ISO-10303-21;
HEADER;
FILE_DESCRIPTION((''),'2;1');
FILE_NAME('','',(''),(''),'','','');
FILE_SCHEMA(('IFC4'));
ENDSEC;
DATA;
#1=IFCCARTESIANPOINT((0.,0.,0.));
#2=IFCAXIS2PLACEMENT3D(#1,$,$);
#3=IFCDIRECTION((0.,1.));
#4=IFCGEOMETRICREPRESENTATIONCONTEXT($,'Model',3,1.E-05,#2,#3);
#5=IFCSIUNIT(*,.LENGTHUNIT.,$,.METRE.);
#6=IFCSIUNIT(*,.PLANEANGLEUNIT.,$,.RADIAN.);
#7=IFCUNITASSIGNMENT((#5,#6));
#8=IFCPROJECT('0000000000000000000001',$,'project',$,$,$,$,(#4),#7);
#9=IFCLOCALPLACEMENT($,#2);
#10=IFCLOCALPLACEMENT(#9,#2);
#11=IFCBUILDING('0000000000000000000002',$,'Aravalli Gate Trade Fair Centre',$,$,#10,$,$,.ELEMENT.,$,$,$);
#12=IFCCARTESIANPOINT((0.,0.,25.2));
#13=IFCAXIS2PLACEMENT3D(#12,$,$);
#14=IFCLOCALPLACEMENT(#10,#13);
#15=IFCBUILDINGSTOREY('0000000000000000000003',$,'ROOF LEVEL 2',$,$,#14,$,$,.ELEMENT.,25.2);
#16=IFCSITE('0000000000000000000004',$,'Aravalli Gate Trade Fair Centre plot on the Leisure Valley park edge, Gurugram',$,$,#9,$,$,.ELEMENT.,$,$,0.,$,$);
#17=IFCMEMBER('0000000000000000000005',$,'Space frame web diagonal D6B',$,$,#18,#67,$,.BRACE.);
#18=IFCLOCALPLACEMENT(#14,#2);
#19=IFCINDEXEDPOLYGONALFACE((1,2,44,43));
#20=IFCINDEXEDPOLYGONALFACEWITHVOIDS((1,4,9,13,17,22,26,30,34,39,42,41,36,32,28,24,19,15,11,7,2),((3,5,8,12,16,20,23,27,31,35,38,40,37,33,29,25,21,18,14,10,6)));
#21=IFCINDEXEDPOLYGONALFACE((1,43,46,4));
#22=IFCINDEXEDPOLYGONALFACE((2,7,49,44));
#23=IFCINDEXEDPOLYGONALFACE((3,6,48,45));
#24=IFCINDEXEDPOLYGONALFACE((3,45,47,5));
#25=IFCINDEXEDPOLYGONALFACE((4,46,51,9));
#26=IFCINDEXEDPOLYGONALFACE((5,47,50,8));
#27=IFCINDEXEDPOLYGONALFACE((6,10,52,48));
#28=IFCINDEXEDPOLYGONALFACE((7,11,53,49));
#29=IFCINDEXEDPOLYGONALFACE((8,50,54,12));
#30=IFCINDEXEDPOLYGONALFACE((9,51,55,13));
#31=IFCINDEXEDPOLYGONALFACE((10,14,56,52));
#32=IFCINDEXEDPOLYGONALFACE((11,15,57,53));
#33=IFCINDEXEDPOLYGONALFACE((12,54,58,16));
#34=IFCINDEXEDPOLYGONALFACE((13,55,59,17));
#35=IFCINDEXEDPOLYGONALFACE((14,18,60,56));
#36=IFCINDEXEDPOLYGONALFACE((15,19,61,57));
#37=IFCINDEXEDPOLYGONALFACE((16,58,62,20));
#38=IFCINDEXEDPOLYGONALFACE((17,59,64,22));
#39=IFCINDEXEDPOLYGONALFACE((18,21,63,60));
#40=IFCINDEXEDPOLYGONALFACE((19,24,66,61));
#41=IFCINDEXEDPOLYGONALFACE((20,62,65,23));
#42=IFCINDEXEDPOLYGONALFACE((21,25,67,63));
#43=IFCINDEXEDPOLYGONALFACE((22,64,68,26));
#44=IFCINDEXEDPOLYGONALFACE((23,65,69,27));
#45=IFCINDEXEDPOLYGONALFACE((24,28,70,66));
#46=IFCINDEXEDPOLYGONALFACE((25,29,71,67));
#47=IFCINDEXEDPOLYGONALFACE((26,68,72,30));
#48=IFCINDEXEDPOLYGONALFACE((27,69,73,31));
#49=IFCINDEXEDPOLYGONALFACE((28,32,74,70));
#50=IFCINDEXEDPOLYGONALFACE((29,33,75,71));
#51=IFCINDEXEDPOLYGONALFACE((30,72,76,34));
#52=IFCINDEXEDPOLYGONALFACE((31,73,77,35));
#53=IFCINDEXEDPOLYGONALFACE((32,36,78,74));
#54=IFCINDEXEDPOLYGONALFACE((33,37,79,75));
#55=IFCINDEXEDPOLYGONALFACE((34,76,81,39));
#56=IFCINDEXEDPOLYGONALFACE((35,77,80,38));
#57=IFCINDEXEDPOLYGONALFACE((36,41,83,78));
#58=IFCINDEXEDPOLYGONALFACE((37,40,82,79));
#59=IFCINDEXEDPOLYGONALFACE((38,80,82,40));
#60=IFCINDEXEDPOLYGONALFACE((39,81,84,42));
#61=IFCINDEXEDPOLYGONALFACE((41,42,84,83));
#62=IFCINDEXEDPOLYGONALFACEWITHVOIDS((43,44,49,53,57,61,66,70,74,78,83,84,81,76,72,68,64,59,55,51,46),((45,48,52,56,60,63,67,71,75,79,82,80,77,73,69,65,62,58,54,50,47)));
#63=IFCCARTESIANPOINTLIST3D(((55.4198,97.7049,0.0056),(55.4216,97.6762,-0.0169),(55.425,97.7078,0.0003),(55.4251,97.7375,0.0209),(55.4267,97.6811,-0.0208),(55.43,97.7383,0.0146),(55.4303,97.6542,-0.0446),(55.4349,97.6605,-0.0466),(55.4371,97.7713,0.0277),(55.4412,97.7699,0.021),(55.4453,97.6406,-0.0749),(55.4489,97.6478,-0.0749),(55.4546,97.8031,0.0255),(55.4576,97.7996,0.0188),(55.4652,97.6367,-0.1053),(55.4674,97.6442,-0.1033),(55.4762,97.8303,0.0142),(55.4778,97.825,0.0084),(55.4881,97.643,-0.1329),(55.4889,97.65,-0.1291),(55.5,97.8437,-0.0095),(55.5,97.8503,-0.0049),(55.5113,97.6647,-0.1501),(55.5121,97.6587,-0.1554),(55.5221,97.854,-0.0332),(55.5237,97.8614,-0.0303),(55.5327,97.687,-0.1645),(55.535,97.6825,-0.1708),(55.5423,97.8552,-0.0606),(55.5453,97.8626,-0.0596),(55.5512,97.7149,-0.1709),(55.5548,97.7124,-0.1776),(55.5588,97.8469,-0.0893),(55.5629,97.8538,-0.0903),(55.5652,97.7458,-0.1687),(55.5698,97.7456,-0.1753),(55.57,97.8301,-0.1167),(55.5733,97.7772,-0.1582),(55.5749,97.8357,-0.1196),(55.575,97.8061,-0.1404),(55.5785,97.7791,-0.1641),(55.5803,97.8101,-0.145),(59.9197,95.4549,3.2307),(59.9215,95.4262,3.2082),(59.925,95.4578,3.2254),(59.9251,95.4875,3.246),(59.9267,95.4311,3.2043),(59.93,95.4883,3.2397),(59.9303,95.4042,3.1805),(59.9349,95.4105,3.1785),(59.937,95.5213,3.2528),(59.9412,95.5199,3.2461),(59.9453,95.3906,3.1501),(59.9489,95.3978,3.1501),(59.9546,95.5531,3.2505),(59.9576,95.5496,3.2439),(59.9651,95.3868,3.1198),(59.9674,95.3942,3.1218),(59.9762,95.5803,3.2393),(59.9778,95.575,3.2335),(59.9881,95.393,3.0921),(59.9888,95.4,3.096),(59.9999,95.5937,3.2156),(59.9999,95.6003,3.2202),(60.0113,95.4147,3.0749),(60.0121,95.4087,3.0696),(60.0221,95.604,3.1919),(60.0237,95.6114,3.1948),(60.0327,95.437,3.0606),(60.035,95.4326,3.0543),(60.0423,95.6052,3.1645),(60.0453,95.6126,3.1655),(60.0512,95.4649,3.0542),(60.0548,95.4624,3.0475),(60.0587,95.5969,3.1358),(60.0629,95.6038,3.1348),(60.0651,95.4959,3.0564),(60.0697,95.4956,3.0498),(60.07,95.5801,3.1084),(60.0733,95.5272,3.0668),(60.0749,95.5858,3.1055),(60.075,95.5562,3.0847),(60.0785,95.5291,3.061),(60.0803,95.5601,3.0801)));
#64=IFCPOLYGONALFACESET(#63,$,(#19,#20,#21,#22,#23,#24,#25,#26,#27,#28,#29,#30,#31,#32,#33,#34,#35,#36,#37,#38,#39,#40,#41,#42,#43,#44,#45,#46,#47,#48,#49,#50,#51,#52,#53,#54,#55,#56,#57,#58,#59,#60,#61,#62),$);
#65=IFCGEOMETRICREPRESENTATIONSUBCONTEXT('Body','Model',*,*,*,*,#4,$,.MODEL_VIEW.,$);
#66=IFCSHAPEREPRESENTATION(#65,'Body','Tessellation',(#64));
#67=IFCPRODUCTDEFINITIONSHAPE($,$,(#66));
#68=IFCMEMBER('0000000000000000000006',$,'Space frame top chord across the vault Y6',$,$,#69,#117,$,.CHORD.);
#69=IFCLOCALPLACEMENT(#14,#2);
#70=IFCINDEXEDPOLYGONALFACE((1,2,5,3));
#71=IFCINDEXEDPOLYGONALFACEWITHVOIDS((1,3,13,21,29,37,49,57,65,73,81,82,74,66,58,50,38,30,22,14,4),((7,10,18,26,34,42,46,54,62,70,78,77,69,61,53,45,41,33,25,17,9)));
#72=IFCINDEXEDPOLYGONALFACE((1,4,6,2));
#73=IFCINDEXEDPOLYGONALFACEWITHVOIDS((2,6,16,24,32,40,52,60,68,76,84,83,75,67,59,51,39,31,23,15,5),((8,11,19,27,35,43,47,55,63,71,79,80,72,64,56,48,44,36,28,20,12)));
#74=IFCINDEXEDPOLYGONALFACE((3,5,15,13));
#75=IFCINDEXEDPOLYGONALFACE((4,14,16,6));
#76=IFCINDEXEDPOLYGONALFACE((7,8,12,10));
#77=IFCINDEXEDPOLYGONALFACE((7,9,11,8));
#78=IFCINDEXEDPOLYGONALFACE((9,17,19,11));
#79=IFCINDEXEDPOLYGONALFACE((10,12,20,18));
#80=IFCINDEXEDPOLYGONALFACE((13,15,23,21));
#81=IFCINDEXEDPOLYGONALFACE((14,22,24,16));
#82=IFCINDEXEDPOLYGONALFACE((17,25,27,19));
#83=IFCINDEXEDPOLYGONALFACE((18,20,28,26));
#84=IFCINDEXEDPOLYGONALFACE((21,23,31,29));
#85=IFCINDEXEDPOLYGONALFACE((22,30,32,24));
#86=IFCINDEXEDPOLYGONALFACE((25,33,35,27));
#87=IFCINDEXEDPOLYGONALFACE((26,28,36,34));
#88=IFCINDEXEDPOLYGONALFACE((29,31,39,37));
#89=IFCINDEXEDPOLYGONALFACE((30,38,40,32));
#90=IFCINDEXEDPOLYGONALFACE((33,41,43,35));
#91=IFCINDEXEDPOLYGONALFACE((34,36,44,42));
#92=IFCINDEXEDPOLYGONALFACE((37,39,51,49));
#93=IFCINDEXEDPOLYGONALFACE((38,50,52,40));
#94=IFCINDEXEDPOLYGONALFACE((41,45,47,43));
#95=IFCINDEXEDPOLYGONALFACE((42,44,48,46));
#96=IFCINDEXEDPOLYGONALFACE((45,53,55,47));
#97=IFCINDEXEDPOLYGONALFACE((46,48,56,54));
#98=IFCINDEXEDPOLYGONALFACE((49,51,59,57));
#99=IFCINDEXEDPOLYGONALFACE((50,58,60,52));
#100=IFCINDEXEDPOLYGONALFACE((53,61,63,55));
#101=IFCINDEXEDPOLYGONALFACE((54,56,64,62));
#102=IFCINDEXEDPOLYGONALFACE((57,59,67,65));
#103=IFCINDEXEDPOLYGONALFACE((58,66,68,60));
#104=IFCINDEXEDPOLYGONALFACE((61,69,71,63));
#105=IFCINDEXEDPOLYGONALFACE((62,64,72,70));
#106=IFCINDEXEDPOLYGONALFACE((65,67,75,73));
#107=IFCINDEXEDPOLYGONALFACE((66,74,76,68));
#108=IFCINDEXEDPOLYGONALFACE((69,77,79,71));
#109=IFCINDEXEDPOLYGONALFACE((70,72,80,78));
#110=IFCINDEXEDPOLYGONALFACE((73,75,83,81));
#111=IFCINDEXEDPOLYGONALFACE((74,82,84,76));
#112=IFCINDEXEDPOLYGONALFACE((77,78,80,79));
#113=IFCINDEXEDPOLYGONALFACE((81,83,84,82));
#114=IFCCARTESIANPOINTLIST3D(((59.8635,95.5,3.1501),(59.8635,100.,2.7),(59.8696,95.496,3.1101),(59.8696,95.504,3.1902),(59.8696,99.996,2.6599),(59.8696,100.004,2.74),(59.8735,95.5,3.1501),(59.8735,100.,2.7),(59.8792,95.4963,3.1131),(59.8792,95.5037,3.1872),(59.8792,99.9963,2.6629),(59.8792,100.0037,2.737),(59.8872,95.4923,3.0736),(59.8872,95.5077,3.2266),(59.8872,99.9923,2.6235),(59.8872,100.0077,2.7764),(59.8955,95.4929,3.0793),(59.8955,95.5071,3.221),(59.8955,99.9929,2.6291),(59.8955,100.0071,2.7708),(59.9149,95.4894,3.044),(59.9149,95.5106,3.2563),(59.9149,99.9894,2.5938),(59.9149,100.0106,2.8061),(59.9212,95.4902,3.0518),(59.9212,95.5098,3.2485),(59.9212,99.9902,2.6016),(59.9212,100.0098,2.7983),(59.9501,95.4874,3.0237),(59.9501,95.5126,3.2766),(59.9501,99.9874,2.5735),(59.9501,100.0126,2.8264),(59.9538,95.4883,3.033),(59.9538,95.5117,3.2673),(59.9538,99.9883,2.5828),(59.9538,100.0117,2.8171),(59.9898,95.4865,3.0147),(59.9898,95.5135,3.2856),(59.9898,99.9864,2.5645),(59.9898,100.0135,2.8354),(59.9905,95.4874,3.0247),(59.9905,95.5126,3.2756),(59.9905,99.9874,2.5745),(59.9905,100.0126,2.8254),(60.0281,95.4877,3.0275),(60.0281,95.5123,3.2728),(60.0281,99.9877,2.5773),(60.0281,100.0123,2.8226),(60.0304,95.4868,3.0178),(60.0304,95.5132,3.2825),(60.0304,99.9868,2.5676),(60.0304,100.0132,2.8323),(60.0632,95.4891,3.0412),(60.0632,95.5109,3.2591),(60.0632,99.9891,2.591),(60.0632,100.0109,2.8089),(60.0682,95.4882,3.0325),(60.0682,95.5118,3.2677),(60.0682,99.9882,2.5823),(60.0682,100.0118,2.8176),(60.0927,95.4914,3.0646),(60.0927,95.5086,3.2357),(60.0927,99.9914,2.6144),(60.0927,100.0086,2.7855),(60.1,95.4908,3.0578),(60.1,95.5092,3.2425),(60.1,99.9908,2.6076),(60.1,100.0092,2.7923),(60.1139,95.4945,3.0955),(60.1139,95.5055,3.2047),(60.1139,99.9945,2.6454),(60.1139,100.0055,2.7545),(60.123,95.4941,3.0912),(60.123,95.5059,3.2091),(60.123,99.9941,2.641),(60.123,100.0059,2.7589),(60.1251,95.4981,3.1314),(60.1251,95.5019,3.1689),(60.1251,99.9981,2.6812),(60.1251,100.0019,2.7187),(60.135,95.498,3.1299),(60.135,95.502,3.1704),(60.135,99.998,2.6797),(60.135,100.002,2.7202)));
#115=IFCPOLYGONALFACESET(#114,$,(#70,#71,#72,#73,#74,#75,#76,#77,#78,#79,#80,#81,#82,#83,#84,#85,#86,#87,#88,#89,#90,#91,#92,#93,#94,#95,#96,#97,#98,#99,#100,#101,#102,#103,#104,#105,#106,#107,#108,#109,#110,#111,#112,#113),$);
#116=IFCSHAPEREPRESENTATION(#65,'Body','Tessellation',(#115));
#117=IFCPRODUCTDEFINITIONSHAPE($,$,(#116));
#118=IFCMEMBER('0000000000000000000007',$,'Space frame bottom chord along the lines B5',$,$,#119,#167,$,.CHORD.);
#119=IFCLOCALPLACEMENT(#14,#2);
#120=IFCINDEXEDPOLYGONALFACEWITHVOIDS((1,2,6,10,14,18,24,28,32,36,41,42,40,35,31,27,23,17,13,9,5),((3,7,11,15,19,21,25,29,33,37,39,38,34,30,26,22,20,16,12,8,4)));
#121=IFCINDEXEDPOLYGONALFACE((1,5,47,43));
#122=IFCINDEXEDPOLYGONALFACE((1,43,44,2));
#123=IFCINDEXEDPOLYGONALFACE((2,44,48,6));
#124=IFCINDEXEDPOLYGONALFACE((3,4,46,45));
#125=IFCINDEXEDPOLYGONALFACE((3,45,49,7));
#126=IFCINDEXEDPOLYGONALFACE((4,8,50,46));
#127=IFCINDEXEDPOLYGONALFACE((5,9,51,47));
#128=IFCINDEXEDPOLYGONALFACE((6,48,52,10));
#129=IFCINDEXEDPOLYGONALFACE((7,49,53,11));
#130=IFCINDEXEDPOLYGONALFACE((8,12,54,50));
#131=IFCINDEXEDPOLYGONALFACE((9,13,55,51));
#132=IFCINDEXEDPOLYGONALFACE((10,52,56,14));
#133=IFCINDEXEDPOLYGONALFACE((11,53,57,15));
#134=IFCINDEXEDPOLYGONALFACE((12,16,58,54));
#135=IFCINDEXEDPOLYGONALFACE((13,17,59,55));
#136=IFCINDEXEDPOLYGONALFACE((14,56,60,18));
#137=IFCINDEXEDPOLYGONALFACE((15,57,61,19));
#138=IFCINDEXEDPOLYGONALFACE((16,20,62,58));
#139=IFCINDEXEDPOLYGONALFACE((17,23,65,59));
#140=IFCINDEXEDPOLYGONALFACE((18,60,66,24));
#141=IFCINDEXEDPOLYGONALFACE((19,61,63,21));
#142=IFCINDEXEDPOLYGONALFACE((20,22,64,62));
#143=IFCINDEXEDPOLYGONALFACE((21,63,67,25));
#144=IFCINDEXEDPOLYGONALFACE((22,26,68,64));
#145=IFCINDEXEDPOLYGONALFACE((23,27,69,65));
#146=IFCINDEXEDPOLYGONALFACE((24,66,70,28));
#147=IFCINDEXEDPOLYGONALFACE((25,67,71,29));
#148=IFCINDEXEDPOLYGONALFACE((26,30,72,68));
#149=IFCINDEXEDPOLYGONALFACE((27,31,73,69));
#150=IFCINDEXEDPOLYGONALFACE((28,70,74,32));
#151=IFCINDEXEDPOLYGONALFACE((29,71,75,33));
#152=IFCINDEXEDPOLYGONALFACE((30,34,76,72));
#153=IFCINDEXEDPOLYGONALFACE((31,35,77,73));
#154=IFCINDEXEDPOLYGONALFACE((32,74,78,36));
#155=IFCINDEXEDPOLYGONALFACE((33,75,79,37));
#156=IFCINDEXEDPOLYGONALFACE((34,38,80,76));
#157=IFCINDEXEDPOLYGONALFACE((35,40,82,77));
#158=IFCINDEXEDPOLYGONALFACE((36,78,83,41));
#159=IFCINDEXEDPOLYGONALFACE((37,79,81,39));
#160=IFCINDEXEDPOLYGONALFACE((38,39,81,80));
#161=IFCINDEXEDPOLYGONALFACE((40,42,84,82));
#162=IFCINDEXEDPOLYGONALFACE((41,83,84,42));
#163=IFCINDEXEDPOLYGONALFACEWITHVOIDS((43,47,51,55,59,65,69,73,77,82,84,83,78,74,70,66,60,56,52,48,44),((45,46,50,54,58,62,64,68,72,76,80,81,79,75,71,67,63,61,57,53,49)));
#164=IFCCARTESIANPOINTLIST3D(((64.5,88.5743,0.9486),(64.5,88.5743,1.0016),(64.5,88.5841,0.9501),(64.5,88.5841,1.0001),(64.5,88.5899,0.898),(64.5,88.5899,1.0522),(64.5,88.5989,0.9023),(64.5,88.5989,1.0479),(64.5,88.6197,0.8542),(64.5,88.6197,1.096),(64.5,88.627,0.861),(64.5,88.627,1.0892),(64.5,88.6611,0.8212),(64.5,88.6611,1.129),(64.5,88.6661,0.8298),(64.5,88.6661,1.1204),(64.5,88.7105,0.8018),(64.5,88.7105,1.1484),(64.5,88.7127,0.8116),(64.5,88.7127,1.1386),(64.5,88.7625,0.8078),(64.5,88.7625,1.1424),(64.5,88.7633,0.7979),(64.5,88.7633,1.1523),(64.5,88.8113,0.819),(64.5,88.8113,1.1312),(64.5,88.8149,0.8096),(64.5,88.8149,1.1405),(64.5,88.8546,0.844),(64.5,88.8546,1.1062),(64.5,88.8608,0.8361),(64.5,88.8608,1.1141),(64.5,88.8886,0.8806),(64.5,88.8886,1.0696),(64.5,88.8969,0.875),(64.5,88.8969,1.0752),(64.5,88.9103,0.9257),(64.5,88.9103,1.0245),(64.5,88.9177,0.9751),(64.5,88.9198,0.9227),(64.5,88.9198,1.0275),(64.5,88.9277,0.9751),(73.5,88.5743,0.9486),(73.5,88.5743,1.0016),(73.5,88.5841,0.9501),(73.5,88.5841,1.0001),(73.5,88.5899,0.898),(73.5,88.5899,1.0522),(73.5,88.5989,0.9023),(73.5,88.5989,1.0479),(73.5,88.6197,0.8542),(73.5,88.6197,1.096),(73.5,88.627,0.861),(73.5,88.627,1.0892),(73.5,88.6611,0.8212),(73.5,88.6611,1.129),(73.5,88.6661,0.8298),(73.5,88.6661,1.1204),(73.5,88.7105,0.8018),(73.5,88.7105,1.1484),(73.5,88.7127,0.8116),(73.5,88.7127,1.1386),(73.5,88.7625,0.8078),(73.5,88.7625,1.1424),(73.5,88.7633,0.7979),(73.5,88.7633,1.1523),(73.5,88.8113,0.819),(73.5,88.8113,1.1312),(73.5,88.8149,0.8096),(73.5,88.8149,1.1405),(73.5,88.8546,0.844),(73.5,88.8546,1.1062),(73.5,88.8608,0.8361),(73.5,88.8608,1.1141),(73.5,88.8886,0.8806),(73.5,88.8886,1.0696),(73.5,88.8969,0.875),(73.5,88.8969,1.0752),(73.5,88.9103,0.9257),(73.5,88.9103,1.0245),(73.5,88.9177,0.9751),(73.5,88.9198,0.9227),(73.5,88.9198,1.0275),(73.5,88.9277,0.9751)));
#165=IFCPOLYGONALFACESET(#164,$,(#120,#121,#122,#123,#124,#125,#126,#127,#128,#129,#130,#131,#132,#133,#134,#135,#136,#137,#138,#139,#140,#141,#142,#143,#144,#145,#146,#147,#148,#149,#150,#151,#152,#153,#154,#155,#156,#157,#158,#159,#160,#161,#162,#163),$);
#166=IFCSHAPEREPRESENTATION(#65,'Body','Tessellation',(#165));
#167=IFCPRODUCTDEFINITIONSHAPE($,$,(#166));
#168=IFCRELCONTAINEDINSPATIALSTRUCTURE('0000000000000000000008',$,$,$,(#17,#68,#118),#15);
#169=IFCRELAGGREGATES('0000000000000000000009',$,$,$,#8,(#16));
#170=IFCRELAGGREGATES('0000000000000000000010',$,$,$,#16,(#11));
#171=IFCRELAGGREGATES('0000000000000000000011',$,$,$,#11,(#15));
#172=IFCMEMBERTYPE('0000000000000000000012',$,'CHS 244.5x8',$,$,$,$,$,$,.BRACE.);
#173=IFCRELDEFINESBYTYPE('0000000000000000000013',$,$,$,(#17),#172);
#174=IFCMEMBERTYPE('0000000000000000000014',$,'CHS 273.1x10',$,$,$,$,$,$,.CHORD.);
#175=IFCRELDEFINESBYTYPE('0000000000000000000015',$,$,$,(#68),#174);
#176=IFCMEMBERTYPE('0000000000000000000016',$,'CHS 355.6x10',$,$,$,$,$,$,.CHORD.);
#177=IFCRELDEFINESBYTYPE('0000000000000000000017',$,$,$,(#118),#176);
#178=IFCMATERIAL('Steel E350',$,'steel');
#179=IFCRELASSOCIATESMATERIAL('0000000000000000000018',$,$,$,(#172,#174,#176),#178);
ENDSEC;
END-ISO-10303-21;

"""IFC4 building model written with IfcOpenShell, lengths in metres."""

from ifc_helpers import new_model, si_unit, direction, frame, origin, origin_2d, place, context, subcontext, project, spatial, hollow_circle, extrude, material, material_profile, profile_set, type_object, element, save


model = new_model("IFC4")

# Units and contexts
model_context = context("Model", 3, precision=1e-05, world=origin(), true_north=direction((0.0, 1.0)))
body_context = subcontext(model_context, "Body", "Model", "MODEL_VIEW")
ifc_project = project(units=[si_unit("LENGTHUNIT", "METRE"), si_unit("PLANEANGLEUNIT", "RADIAN")], contexts=[model_context])

# Site, building, storey
site_placement = place(None, origin())
site = spatial("IfcSite", under=ifc_project, at=site_placement, Name="Aravalli Gate Trade Fair Centre plot on the Leisure Valley park edge, Gurugram", CompositionType="ELEMENT", RefElevation=0.0)
building_placement = place(site_placement, origin())
building = spatial("IfcBuilding", under=site, at=building_placement, Name="Aravalli Gate Trade Fair Centre", CompositionType="ELEMENT")
storey_placement = place(building_placement, frame((0.0, 0.0, 25.2)))
storey = spatial("IfcBuildingStorey", under=building, at=storey_placement, Name="ROOF LEVEL 2", CompositionType="ELEMENT", Elevation=25.2)

# Members
ifc_material = material(Name="Steel E350", Category="steel")
ifc_material_profile_1 = material_profile(ifc_material, hollow_circle(Radius=0.1223, WallThickness=0.0081, at=origin_2d()), Name="CHS 244.5x8")
ifc_profile_set_1 = profile_set([ifc_material_profile_1], Name="Steel E350")
member_type_1 = type_object("IfcMemberType", Name="CHS 244.5x8", PredefinedType="BRACE", material=ifc_profile_set_1)
for number, where, z_axis, x_axis, name in (
    (1, (60.0, 95.5, 3.1501), (-0.753, 0.3765, -0.539666), (-0.447214, -0.894427, 0.0), "Space frame web diagonal D6B"),
):
    element("IfcMember", number, at=place(storey_placement, frame(where, z_axis=z_axis, x_axis=x_axis)), inside=storey, type_object=member_type_1, Name=name, PredefinedType="BRACE", context=body_context, shape_type="SweptSolid", body=[
        extrude(hollow_circle(Radius=0.1223, WallThickness=0.0081, at=origin_2d()), origin(), (0.0, 0.0, 1.0), 5.9761),
    ])
ifc_material_profile_2 = material_profile(ifc_material, hollow_circle(Radius=0.1365, WallThickness=0.01, at=origin_2d()), Name="CHS 273.1x10")
ifc_profile_set_2 = profile_set([ifc_material_profile_2], Name="Steel E350")
member_type_2 = type_object("IfcMemberType", Name="CHS 273.1x10", PredefinedType="CHORD", material=ifc_profile_set_2)
member_1_placement = place(storey_placement, frame((60.0, 95.5, 3.1501), z_axis=(0.0, 0.995033, -0.099546), x_axis=(-1.0, 0.0, 0.0)))
element("IfcMember", 2, at=member_1_placement, inside=storey, type_object=member_type_2, Name="Space frame top chord across the vault Y6", PredefinedType="CHORD", context=body_context, shape_type="SweptSolid", body=[
    extrude(hollow_circle(Radius=0.1365, WallThickness=0.01, at=origin_2d()), origin(), (0.0, 0.0, 1.0), 4.5225),
])
ifc_material_profile_3 = material_profile(ifc_material, hollow_circle(Radius=0.1777, WallThickness=0.01, at=origin_2d()), Name="CHS 355.6x10")
ifc_profile_set_3 = profile_set([ifc_material_profile_3], Name="Steel E350")
member_type_3 = type_object("IfcMemberType", Name="CHS 355.6x10", PredefinedType="CHORD", material=ifc_profile_set_3)
for number, where, z_axis, x_axis, name in (
    (3, (64.5, 88.75, 0.9751), (1.0, 0.0, 0.0), (0.0, 1.0, 0.0), "Space frame bottom chord along the lines B5"),
):
    element("IfcMember", number, at=place(storey_placement, frame(where, z_axis=z_axis, x_axis=x_axis)), inside=storey, type_object=member_type_3, Name=name, PredefinedType="CHORD", context=body_context, shape_type="SweptSolid", body=[
        extrude(hollow_circle(Radius=0.1777, WallThickness=0.01, at=origin_2d()), origin(), (0.0, 0.0, 1.0), 9.0),
    ])

save(model, "model.ifc")
